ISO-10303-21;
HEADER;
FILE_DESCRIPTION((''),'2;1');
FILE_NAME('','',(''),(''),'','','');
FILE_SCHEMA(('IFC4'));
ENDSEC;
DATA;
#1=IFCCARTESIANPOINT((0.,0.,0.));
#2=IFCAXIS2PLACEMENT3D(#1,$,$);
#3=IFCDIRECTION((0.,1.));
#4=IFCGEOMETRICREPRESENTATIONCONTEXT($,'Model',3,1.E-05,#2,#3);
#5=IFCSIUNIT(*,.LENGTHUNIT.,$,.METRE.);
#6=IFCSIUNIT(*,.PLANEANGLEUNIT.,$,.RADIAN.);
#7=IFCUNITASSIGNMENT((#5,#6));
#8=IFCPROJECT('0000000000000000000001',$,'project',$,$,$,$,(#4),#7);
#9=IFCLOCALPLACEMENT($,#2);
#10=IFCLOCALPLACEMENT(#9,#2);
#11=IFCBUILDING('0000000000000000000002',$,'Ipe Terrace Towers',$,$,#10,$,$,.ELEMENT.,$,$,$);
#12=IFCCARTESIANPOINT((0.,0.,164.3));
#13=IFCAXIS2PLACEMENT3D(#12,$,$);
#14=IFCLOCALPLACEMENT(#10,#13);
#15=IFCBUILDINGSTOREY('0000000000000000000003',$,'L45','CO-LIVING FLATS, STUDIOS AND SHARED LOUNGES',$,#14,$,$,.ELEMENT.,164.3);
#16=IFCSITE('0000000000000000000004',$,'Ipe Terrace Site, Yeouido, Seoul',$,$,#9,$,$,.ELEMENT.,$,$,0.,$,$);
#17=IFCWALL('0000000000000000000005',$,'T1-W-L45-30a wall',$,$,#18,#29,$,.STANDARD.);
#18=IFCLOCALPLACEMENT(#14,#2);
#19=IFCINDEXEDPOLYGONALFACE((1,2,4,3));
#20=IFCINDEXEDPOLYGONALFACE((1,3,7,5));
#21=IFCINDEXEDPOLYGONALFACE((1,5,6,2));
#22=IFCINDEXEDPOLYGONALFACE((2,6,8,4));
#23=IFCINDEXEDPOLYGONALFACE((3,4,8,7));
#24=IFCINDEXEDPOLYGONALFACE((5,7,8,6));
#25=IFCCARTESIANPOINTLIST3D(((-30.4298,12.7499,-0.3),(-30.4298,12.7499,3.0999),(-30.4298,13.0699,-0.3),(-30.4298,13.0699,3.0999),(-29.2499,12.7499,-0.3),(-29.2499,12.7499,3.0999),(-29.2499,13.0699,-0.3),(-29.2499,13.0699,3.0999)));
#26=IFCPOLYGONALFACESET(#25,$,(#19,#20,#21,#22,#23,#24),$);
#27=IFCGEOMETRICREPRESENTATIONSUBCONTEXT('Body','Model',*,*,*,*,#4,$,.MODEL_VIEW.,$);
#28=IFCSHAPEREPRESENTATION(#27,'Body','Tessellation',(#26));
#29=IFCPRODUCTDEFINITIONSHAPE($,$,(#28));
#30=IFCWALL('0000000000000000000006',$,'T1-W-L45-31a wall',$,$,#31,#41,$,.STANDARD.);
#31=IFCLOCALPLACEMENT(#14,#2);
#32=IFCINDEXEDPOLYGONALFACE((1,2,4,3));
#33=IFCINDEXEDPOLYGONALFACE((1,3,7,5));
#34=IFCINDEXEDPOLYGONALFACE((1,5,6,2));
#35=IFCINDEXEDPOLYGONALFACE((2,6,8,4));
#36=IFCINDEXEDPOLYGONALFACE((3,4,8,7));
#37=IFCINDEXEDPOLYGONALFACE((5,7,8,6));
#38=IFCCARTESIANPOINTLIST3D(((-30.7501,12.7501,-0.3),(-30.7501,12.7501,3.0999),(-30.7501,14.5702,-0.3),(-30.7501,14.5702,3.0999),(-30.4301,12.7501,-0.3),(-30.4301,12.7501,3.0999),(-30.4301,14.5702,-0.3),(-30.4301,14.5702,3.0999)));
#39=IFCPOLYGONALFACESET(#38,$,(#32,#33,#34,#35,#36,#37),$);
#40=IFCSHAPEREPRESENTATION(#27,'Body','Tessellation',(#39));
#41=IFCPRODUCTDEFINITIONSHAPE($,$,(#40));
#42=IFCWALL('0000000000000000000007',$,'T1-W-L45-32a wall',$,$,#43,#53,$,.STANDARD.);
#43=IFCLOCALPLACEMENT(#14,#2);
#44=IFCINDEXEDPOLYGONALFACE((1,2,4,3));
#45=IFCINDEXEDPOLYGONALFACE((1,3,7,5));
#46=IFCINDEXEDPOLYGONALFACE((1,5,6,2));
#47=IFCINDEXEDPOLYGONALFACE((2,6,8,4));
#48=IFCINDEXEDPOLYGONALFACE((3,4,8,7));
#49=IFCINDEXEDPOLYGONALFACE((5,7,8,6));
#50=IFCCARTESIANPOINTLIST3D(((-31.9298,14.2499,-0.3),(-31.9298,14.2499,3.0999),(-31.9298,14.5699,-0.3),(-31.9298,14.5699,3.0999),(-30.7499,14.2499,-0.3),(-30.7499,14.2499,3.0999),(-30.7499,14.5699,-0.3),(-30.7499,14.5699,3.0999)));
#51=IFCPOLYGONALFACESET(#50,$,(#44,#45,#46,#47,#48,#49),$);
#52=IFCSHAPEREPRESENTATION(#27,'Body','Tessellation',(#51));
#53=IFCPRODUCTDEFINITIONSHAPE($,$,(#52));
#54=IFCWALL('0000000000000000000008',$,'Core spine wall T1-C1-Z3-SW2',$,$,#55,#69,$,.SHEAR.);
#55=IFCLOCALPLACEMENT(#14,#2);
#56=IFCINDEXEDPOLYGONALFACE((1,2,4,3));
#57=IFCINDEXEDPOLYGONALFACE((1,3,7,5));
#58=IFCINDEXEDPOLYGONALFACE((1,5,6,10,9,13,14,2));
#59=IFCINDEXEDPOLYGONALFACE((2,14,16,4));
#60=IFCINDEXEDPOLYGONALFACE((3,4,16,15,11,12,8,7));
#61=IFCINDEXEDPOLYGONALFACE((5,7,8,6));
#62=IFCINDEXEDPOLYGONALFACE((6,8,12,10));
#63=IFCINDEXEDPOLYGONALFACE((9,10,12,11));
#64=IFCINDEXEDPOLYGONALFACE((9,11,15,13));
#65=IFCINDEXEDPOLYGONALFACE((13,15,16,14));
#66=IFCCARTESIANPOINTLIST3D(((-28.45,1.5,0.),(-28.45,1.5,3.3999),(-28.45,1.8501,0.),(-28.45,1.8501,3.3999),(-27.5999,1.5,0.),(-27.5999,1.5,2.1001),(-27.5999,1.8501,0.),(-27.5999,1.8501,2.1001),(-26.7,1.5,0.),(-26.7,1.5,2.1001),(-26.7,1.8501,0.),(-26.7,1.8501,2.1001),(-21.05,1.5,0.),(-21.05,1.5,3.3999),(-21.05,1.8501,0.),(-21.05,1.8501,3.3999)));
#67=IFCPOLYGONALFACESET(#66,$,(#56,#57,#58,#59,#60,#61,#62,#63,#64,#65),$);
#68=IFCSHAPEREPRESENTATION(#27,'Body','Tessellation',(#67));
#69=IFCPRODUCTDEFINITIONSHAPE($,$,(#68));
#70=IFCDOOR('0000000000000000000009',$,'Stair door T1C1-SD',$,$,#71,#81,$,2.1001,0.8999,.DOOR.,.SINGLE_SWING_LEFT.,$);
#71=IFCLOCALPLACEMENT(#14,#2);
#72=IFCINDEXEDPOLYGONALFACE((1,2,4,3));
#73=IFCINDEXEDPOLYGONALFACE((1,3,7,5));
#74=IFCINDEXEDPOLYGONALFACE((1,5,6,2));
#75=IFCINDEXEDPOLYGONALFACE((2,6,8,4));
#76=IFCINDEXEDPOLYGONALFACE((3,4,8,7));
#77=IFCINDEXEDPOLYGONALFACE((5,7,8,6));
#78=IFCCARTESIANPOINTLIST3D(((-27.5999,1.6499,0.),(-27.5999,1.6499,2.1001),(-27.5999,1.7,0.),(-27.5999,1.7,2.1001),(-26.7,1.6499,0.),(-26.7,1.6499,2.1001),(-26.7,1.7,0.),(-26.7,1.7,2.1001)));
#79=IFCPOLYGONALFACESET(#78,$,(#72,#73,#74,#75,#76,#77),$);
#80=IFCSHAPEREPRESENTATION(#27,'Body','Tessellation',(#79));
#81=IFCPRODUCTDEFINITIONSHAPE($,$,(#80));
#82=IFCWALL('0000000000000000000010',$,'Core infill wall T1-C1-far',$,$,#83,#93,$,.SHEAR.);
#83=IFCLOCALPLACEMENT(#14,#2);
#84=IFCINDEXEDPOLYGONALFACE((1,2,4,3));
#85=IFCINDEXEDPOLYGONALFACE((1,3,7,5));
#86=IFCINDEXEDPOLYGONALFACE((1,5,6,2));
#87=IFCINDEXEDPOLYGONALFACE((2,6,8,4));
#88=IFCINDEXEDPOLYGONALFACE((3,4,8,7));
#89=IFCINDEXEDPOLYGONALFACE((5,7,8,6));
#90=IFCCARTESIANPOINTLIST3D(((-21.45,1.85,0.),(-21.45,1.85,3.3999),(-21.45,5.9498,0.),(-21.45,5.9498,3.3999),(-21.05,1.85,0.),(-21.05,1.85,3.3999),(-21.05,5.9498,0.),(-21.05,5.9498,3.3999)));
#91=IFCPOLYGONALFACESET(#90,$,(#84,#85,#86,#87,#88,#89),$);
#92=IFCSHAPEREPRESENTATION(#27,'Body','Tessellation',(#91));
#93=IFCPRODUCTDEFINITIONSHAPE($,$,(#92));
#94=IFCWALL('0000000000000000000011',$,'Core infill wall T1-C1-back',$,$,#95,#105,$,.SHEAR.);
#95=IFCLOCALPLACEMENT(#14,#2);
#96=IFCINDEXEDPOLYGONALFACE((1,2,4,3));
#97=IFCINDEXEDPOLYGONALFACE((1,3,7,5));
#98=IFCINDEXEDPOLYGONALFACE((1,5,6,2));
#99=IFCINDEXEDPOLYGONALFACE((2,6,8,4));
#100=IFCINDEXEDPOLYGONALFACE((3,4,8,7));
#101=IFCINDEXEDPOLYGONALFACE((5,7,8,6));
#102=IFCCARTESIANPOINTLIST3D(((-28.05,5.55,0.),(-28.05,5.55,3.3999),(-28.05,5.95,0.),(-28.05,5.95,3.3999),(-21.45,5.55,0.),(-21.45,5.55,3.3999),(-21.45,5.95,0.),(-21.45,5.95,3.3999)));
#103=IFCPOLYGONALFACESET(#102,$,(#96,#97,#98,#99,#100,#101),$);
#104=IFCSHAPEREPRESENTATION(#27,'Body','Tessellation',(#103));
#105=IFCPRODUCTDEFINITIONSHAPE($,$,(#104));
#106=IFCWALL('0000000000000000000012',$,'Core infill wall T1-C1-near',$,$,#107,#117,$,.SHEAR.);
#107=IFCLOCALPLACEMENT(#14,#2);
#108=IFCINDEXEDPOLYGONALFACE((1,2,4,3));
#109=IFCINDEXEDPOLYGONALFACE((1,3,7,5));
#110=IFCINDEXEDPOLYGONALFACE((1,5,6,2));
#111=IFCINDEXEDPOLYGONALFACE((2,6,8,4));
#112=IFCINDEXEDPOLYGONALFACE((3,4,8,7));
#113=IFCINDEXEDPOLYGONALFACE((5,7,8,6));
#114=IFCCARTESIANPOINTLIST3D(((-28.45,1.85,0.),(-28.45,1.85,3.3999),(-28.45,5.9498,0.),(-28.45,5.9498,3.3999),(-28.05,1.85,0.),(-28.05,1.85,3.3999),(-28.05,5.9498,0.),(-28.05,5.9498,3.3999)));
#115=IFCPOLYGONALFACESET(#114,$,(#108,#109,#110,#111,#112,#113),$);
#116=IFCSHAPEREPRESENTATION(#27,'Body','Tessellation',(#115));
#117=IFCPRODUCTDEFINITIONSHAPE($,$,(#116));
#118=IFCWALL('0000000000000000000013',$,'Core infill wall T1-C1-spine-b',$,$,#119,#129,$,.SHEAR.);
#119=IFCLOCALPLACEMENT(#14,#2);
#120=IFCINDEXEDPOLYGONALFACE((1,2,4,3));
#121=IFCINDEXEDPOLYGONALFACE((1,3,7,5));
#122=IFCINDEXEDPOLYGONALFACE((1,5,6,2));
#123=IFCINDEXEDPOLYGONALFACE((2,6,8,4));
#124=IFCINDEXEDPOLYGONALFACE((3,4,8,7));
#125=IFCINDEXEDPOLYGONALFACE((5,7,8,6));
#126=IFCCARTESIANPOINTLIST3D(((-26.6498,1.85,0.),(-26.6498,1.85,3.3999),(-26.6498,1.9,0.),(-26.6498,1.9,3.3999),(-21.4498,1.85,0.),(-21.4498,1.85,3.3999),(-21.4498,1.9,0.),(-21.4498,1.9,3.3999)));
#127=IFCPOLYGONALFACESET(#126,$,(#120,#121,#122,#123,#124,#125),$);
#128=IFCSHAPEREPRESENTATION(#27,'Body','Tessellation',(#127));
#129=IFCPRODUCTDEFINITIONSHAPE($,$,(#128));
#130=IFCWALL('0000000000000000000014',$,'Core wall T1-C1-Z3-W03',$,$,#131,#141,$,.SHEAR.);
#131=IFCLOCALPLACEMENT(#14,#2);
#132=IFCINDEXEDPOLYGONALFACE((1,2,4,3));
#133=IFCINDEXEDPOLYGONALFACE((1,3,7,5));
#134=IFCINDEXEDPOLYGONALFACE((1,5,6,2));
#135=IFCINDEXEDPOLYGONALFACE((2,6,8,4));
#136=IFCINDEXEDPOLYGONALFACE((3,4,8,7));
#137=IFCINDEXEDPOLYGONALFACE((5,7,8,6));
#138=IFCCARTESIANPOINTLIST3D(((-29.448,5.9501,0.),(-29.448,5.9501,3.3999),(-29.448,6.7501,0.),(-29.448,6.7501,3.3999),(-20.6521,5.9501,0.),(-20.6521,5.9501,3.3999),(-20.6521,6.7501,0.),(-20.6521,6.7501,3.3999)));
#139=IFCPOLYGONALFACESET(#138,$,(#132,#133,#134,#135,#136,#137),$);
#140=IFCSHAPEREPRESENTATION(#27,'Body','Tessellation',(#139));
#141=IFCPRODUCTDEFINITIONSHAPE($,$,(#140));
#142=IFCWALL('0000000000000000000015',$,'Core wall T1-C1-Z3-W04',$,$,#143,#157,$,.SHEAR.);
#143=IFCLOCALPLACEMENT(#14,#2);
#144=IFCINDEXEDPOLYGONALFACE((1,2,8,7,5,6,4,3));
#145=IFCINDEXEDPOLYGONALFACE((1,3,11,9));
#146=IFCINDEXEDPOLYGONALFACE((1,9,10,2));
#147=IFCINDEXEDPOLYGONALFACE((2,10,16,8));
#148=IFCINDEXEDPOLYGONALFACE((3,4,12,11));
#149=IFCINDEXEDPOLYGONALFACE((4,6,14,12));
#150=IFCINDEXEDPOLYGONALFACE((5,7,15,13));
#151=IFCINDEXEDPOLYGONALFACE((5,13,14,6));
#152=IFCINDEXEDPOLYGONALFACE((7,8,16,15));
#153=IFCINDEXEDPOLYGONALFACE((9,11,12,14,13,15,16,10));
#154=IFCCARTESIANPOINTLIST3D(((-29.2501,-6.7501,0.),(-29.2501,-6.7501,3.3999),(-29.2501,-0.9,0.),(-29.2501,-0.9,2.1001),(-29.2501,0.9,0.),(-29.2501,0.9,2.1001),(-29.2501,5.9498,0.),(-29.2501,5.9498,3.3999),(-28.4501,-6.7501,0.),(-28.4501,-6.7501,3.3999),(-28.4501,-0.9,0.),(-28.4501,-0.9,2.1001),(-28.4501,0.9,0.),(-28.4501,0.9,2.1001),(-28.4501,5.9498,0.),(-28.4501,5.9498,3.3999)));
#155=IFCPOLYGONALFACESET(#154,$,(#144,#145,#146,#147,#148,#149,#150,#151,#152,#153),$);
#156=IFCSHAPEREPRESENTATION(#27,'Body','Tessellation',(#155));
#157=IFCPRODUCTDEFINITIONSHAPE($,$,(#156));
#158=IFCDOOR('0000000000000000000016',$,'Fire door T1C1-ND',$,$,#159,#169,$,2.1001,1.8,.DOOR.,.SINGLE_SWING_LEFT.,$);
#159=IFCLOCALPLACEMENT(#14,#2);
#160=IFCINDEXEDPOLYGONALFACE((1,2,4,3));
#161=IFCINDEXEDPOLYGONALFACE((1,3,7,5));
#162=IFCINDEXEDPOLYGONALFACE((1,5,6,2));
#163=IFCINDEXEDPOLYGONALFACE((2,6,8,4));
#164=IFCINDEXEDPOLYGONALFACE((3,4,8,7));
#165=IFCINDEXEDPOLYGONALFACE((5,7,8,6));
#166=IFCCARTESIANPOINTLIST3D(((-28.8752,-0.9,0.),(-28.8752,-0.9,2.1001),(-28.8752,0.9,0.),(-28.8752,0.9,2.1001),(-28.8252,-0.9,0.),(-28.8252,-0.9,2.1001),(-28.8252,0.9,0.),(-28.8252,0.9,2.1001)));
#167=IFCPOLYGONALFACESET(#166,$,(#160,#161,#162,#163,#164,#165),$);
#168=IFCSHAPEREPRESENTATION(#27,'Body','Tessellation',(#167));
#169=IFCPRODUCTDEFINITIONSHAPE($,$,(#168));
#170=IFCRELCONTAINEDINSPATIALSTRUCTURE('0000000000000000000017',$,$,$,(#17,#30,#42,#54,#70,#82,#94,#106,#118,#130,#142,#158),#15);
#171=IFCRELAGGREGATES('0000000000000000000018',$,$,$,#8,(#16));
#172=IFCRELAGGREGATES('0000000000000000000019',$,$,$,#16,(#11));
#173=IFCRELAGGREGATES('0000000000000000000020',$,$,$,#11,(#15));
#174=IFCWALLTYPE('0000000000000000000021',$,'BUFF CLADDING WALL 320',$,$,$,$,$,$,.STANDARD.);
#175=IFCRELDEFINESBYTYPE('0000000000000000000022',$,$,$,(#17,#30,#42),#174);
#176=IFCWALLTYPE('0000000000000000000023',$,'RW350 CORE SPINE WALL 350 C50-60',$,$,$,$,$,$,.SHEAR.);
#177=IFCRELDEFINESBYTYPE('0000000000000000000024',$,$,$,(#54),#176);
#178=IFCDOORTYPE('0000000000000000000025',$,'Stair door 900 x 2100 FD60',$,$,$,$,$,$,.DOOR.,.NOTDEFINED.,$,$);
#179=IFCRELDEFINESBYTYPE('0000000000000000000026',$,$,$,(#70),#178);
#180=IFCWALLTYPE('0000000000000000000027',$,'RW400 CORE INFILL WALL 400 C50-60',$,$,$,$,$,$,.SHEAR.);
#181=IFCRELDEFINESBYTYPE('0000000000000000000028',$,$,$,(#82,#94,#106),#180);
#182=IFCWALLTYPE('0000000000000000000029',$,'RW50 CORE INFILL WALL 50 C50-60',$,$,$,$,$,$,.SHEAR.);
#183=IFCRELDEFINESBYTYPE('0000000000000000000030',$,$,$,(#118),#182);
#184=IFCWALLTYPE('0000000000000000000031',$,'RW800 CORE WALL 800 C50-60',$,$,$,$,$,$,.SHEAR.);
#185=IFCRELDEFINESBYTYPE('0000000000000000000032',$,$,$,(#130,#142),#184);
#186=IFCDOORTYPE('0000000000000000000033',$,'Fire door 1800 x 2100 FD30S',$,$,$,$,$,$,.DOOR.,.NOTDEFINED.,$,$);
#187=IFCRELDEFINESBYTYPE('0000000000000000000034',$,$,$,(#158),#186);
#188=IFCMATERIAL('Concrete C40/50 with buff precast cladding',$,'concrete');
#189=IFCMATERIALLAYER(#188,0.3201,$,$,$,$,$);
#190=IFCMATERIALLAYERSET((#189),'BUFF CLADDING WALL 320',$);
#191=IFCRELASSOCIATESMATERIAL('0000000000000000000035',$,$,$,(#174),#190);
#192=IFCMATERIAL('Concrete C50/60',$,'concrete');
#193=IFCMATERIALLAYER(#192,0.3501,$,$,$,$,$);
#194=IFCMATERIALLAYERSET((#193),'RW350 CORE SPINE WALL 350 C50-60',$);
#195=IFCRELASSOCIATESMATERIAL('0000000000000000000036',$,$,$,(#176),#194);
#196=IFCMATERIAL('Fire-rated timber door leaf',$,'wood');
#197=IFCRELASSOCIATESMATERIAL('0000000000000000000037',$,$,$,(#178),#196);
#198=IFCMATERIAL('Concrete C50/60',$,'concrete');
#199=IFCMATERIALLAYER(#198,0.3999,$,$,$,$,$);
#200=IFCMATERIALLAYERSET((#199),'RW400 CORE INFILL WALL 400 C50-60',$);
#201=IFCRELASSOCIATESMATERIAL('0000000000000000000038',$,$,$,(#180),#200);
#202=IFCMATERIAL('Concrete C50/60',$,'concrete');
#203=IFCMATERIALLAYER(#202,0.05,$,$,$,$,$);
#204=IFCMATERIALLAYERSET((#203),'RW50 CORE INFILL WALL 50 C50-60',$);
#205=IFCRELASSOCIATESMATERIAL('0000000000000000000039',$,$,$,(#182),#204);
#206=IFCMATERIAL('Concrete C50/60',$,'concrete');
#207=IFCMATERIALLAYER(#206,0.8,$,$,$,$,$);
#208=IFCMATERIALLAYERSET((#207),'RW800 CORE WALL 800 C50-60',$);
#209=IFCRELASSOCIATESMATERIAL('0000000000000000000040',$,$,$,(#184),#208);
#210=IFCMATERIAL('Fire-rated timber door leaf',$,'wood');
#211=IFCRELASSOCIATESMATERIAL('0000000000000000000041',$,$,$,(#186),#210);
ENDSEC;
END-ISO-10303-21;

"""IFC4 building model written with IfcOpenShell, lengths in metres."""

from ifc_helpers import new_model, si_unit, direction, frame, frame_2d, origin, place, context, subcontext, project, spatial, rectangle, extrude, material, layer, layer_set, type_object, element, fill, save


model = new_model("IFC4")

# Units and contexts
model_context = context("Model", 3, precision=1e-05, world=origin(), true_north=direction((0.0, 1.0)))
body_context = subcontext(model_context, "Body", "Model", "MODEL_VIEW")
ifc_project = project(units=[si_unit("LENGTHUNIT", "METRE"), si_unit("PLANEANGLEUNIT", "RADIAN")], contexts=[model_context])

# Site, building, storey
site_placement = place(None, origin())
site = spatial("IfcSite", under=ifc_project, at=site_placement, Name="Ipe Terrace Site, Yeouido, Seoul", CompositionType="ELEMENT", RefElevation=0.0)
building_placement = place(site_placement, origin())
building = spatial("IfcBuilding", under=site, at=building_placement, Name="Ipe Terrace Towers", CompositionType="ELEMENT")
storey_placement = place(building_placement, frame((0.0, 0.0, 164.3)))
storey = spatial("IfcBuildingStorey", under=building, at=storey_placement, Name="L45", Description="CO-LIVING FLATS, STUDIOS AND SHARED LOUNGES", CompositionType="ELEMENT", Elevation=164.3)

# Walls
ifc_material_1 = material(Name="Concrete C40/50 with buff precast cladding", Category="concrete")
ifc_layer_1 = layer(ifc_material_1, 0.3201)
ifc_layer_set_1 = layer_set([ifc_layer_1], Name="BUFF CLADDING WALL 320")
wall_type_1 = type_object("IfcWallType", Name="BUFF CLADDING WALL 320", PredefinedType="STANDARD", material=ifc_layer_set_1)
wall_1_placement = place(storey_placement, frame((-29.25, 12.9099, -0.3), z_axis=(0.0, 0.0, 1.0), x_axis=(-1.0, 0.0, 0.0)))
element("IfcWall", 1, at=wall_1_placement, inside=storey, type_object=wall_type_1, Name="T1-W-L45-30a wall", PredefinedType="STANDARD", context=body_context, shape_type="SweptSolid", body=[
    extrude(rectangle(XDim=1.1799, YDim=0.3201, at=frame_2d((0.5898, 0.0))), origin(), (0.0, 0.0, 1.0), 3.3999),
])
wall_2_placement = place(storey_placement, frame((-30.5901, 12.75, -0.3), z_axis=(0.0, 0.0, 1.0), x_axis=(0.0, 1.0, 0.0)))
element("IfcWall", 2, at=wall_2_placement, inside=storey, type_object=wall_type_1, Name="T1-W-L45-31a wall", PredefinedType="STANDARD", context=body_context, shape_type="SweptSolid", body=[
    extrude(rectangle(XDim=1.8201, YDim=0.3201, at=frame_2d((0.9102, 0.0))), origin(), (0.0, 0.0, 1.0), 3.3999),
])
wall_3_placement = place(storey_placement, frame((-30.75, 14.4099, -0.3), z_axis=(0.0, 0.0, 1.0), x_axis=(-1.0, 0.0, 0.0)))
element("IfcWall", 3, at=wall_3_placement, inside=storey, type_object=wall_type_1, Name="T1-W-L45-32a wall", PredefinedType="STANDARD", context=body_context, shape_type="SweptSolid", body=[
    extrude(rectangle(XDim=1.1799, YDim=0.3201, at=frame_2d((0.5898, 0.0))), origin(), (0.0, 0.0, 1.0), 3.3999),
])

# Wall, opening, door
ifc_material_2 = material(Name="Concrete C50/60", Category="concrete")
ifc_layer_2 = layer(ifc_material_2, 0.3501)
ifc_layer_set_2 = layer_set([ifc_layer_2], Name="RW350 CORE SPINE WALL 350 C50-60")
wall_type_2 = type_object("IfcWallType", Name="RW350 CORE SPINE WALL 350 C50-60", PredefinedType="SHEAR", material=ifc_layer_set_2)
wall_4_placement = place(storey_placement, frame((-28.45, 1.675, 0.0), z_axis=(0.0, 0.0, 1.0), x_axis=(1.0, 0.0, 0.0)))
wall_4 = element("IfcWall", 4, at=wall_4_placement, inside=storey, type_object=wall_type_2, Name="Core spine wall T1-C1-Z3-SW2", PredefinedType="SHEAR", context=body_context, shape_type="SweptSolid", body=[
    extrude(rectangle(XDim=7.3999, YDim=0.3501, at=frame_2d((3.7, 0.0))), origin(), (0.0, 0.0, 1.0), 3.3999),
])
opening_1_placement = place(wall_4_placement, frame((0.8501, 0.0, 0.0)))
opening_1 = element("IfcOpeningElement", 5, at=opening_1_placement, cuts=wall_4, PredefinedType="OPENING", context=body_context, shape_type="SweptSolid", body=[
    extrude(rectangle(XDim=0.8999, YDim=2.1001, at=frame_2d((0.45, 1.05))), frame((0.0, 0.1851, 0.0), z_axis=(0.0, -1.0, 0.0), x_axis=(1.0, 0.0, 0.0)), (0.0, 0.0, 1.0), 0.3701),
])
ifc_material_3 = material(Name="Fire-rated timber door leaf", Category="wood")
door_type_1 = type_object("IfcDoorType", Name="Stair door 900 x 2100 FD60", OperationType="NOTDEFINED", PredefinedType="DOOR", material=ifc_material_3)
door_1_placement = place(opening_1_placement, origin())
door_1 = element("IfcDoor", 6, at=door_1_placement, inside=storey, type_object=door_type_1, Name="Stair door T1C1-SD", OperationType="SINGLE_SWING_LEFT", OverallHeight=2.1001, OverallWidth=0.8999, PredefinedType="DOOR", context=body_context, shape_type="SweptSolid", body=[
    extrude(rectangle(XDim=0.8999, YDim=2.1001, at=frame_2d((0.45, 1.05))), frame((0.0, 0.0249, 0.0), z_axis=(0.0, -1.0, 0.0), x_axis=(1.0, 0.0, 0.0)), (0.0, 0.0, 1.0), 0.05),
])
fill(opening_1, door_1)

# Walls
ifc_material_4 = material(Name="Concrete C50/60", Category="concrete")
ifc_layer_3 = layer(ifc_material_4, 0.3999)
ifc_layer_set_3 = layer_set([ifc_layer_3], Name="RW400 CORE INFILL WALL 400 C50-60")
wall_type_3 = type_object("IfcWallType", Name="RW400 CORE INFILL WALL 400 C50-60", PredefinedType="SHEAR", material=ifc_layer_set_3)
wall_5_placement = place(storey_placement, frame((-21.25, 1.8501, 0.0), z_axis=(0.0, 0.0, 1.0), x_axis=(0.0, 1.0, 0.0)))
element("IfcWall", 7, at=wall_5_placement, inside=storey, type_object=wall_type_3, Name="Core infill wall T1-C1-far", PredefinedType="SHEAR", context=body_context, shape_type="SweptSolid", body=[
    extrude(rectangle(XDim=4.0999, YDim=0.3999, at=frame_2d((2.0498, 0.0))), origin(), (0.0, 0.0, 1.0), 3.3999),
])
wall_6_placement = place(storey_placement, frame((-28.05, 5.75, 0.0), z_axis=(0.0, 0.0, 1.0), x_axis=(1.0, 0.0, 0.0)))
element("IfcWall", 8, at=wall_6_placement, inside=storey, type_object=wall_type_3, Name="Core infill wall T1-C1-back", PredefinedType="SHEAR", context=body_context, shape_type="SweptSolid", body=[
    extrude(rectangle(XDim=6.6001, YDim=0.3999, at=frame_2d((3.3, 0.0))), origin(), (0.0, 0.0, 1.0), 3.3999),
])
wall_7_placement = place(storey_placement, frame((-28.25, 1.8501, 0.0), z_axis=(0.0, 0.0, 1.0), x_axis=(0.0, 1.0, 0.0)))
element("IfcWall", 9, at=wall_7_placement, inside=storey, type_object=wall_type_3, Name="Core infill wall T1-C1-near", PredefinedType="SHEAR", context=body_context, shape_type="SweptSolid", body=[
    extrude(rectangle(XDim=4.0999, YDim=0.3999, at=frame_2d((2.0498, 0.0))), origin(), (0.0, 0.0, 1.0), 3.3999),
])
ifc_material_5 = material(Name="Concrete C50/60", Category="concrete")
ifc_layer_4 = layer(ifc_material_5, 0.05)
ifc_layer_set_4 = layer_set([ifc_layer_4], Name="RW50 CORE INFILL WALL 50 C50-60")
wall_type_4 = type_object("IfcWallType", Name="RW50 CORE INFILL WALL 50 C50-60", PredefinedType="SHEAR", material=ifc_layer_set_4)
wall_8_placement = place(storey_placement, frame((-26.6499, 1.875, 0.0), z_axis=(0.0, 0.0, 1.0), x_axis=(1.0, 0.0, 0.0)))
element("IfcWall", 10, at=wall_8_placement, inside=storey, type_object=wall_type_4, Name="Core infill wall T1-C1-spine-b", PredefinedType="SHEAR", context=body_context, shape_type="SweptSolid", body=[
    extrude(rectangle(XDim=5.2, YDim=0.05, at=frame_2d((2.6001, 0.0))), origin(), (0.0, 0.0, 1.0), 3.3999),
])
ifc_material_6 = material(Name="Concrete C50/60", Category="concrete")
ifc_layer_5 = layer(ifc_material_6, 0.8)
ifc_layer_set_5 = layer_set([ifc_layer_5], Name="RW800 CORE WALL 800 C50-60")
wall_type_5 = type_object("IfcWallType", Name="RW800 CORE WALL 800 C50-60", PredefinedType="SHEAR", material=ifc_layer_set_5)
wall_9_placement = place(storey_placement, frame((-20.6521, 6.3501, 0.0), z_axis=(0.0, 0.0, 1.0), x_axis=(-1.0, 0.0, 0.0)))
element("IfcWall", 11, at=wall_9_placement, inside=storey, type_object=wall_type_5, Name="Core wall T1-C1-Z3-W03", PredefinedType="SHEAR", context=body_context, shape_type="SweptSolid", body=[
    extrude(rectangle(XDim=8.7959, YDim=0.8, at=frame_2d((4.3979, 0.0))), origin(), (0.0, 0.0, 1.0), 3.3999),
])

# Wall, opening, door
wall_10_placement = place(storey_placement, frame((-28.8501, 5.95, 0.0), z_axis=(0.0, 0.0, 1.0), x_axis=(0.0, -1.0, 0.0)))
wall_10 = element("IfcWall", 12, at=wall_10_placement, inside=storey, type_object=wall_type_5, Name="Core wall T1-C1-Z3-W04", PredefinedType="SHEAR", context=body_context, shape_type="SweptSolid", body=[
    extrude(rectangle(XDim=12.7, YDim=0.8, at=frame_2d((6.3501, 0.0))), origin(), (0.0, 0.0, 1.0), 3.3999),
])
opening_2_placement = place(wall_10_placement, frame((5.05, 0.0, 0.0)))
opening_2 = element("IfcOpeningElement", 13, at=opening_2_placement, cuts=wall_10, PredefinedType="OPENING", context=body_context, shape_type="SweptSolid", body=[
    extrude(rectangle(XDim=1.8, YDim=2.1001, at=frame_2d((0.8999, 1.05))), frame((0.0, 0.4102, 0.0), z_axis=(0.0, -1.0, 0.0), x_axis=(1.0, 0.0, 0.0)), (0.0, 0.0, 1.0), 0.8201),
])
ifc_material_7 = material(Name="Fire-rated timber door leaf", Category="wood")
door_type_2 = type_object("IfcDoorType", Name="Fire door 1800 x 2100 FD30S", OperationType="NOTDEFINED", PredefinedType="DOOR", material=ifc_material_7)
door_2_placement = place(opening_2_placement, origin())
door_2 = element("IfcDoor", 14, at=door_2_placement, inside=storey, type_object=door_type_2, Name="Fire door T1C1-ND", OperationType="SINGLE_SWING_LEFT", OverallHeight=2.1001, OverallWidth=1.8, PredefinedType="DOOR", context=body_context, shape_type="SweptSolid", body=[
    extrude(rectangle(XDim=1.8, YDim=2.1001, at=frame_2d((0.8999, 1.05))), frame((0.0, 0.0249, 0.0), z_axis=(0.0, -1.0, 0.0), x_axis=(1.0, 0.0, 0.0)), (0.0, 0.0, 1.0), 0.05),
])
fill(opening_2, door_2)

save(model, "model.ifc")
